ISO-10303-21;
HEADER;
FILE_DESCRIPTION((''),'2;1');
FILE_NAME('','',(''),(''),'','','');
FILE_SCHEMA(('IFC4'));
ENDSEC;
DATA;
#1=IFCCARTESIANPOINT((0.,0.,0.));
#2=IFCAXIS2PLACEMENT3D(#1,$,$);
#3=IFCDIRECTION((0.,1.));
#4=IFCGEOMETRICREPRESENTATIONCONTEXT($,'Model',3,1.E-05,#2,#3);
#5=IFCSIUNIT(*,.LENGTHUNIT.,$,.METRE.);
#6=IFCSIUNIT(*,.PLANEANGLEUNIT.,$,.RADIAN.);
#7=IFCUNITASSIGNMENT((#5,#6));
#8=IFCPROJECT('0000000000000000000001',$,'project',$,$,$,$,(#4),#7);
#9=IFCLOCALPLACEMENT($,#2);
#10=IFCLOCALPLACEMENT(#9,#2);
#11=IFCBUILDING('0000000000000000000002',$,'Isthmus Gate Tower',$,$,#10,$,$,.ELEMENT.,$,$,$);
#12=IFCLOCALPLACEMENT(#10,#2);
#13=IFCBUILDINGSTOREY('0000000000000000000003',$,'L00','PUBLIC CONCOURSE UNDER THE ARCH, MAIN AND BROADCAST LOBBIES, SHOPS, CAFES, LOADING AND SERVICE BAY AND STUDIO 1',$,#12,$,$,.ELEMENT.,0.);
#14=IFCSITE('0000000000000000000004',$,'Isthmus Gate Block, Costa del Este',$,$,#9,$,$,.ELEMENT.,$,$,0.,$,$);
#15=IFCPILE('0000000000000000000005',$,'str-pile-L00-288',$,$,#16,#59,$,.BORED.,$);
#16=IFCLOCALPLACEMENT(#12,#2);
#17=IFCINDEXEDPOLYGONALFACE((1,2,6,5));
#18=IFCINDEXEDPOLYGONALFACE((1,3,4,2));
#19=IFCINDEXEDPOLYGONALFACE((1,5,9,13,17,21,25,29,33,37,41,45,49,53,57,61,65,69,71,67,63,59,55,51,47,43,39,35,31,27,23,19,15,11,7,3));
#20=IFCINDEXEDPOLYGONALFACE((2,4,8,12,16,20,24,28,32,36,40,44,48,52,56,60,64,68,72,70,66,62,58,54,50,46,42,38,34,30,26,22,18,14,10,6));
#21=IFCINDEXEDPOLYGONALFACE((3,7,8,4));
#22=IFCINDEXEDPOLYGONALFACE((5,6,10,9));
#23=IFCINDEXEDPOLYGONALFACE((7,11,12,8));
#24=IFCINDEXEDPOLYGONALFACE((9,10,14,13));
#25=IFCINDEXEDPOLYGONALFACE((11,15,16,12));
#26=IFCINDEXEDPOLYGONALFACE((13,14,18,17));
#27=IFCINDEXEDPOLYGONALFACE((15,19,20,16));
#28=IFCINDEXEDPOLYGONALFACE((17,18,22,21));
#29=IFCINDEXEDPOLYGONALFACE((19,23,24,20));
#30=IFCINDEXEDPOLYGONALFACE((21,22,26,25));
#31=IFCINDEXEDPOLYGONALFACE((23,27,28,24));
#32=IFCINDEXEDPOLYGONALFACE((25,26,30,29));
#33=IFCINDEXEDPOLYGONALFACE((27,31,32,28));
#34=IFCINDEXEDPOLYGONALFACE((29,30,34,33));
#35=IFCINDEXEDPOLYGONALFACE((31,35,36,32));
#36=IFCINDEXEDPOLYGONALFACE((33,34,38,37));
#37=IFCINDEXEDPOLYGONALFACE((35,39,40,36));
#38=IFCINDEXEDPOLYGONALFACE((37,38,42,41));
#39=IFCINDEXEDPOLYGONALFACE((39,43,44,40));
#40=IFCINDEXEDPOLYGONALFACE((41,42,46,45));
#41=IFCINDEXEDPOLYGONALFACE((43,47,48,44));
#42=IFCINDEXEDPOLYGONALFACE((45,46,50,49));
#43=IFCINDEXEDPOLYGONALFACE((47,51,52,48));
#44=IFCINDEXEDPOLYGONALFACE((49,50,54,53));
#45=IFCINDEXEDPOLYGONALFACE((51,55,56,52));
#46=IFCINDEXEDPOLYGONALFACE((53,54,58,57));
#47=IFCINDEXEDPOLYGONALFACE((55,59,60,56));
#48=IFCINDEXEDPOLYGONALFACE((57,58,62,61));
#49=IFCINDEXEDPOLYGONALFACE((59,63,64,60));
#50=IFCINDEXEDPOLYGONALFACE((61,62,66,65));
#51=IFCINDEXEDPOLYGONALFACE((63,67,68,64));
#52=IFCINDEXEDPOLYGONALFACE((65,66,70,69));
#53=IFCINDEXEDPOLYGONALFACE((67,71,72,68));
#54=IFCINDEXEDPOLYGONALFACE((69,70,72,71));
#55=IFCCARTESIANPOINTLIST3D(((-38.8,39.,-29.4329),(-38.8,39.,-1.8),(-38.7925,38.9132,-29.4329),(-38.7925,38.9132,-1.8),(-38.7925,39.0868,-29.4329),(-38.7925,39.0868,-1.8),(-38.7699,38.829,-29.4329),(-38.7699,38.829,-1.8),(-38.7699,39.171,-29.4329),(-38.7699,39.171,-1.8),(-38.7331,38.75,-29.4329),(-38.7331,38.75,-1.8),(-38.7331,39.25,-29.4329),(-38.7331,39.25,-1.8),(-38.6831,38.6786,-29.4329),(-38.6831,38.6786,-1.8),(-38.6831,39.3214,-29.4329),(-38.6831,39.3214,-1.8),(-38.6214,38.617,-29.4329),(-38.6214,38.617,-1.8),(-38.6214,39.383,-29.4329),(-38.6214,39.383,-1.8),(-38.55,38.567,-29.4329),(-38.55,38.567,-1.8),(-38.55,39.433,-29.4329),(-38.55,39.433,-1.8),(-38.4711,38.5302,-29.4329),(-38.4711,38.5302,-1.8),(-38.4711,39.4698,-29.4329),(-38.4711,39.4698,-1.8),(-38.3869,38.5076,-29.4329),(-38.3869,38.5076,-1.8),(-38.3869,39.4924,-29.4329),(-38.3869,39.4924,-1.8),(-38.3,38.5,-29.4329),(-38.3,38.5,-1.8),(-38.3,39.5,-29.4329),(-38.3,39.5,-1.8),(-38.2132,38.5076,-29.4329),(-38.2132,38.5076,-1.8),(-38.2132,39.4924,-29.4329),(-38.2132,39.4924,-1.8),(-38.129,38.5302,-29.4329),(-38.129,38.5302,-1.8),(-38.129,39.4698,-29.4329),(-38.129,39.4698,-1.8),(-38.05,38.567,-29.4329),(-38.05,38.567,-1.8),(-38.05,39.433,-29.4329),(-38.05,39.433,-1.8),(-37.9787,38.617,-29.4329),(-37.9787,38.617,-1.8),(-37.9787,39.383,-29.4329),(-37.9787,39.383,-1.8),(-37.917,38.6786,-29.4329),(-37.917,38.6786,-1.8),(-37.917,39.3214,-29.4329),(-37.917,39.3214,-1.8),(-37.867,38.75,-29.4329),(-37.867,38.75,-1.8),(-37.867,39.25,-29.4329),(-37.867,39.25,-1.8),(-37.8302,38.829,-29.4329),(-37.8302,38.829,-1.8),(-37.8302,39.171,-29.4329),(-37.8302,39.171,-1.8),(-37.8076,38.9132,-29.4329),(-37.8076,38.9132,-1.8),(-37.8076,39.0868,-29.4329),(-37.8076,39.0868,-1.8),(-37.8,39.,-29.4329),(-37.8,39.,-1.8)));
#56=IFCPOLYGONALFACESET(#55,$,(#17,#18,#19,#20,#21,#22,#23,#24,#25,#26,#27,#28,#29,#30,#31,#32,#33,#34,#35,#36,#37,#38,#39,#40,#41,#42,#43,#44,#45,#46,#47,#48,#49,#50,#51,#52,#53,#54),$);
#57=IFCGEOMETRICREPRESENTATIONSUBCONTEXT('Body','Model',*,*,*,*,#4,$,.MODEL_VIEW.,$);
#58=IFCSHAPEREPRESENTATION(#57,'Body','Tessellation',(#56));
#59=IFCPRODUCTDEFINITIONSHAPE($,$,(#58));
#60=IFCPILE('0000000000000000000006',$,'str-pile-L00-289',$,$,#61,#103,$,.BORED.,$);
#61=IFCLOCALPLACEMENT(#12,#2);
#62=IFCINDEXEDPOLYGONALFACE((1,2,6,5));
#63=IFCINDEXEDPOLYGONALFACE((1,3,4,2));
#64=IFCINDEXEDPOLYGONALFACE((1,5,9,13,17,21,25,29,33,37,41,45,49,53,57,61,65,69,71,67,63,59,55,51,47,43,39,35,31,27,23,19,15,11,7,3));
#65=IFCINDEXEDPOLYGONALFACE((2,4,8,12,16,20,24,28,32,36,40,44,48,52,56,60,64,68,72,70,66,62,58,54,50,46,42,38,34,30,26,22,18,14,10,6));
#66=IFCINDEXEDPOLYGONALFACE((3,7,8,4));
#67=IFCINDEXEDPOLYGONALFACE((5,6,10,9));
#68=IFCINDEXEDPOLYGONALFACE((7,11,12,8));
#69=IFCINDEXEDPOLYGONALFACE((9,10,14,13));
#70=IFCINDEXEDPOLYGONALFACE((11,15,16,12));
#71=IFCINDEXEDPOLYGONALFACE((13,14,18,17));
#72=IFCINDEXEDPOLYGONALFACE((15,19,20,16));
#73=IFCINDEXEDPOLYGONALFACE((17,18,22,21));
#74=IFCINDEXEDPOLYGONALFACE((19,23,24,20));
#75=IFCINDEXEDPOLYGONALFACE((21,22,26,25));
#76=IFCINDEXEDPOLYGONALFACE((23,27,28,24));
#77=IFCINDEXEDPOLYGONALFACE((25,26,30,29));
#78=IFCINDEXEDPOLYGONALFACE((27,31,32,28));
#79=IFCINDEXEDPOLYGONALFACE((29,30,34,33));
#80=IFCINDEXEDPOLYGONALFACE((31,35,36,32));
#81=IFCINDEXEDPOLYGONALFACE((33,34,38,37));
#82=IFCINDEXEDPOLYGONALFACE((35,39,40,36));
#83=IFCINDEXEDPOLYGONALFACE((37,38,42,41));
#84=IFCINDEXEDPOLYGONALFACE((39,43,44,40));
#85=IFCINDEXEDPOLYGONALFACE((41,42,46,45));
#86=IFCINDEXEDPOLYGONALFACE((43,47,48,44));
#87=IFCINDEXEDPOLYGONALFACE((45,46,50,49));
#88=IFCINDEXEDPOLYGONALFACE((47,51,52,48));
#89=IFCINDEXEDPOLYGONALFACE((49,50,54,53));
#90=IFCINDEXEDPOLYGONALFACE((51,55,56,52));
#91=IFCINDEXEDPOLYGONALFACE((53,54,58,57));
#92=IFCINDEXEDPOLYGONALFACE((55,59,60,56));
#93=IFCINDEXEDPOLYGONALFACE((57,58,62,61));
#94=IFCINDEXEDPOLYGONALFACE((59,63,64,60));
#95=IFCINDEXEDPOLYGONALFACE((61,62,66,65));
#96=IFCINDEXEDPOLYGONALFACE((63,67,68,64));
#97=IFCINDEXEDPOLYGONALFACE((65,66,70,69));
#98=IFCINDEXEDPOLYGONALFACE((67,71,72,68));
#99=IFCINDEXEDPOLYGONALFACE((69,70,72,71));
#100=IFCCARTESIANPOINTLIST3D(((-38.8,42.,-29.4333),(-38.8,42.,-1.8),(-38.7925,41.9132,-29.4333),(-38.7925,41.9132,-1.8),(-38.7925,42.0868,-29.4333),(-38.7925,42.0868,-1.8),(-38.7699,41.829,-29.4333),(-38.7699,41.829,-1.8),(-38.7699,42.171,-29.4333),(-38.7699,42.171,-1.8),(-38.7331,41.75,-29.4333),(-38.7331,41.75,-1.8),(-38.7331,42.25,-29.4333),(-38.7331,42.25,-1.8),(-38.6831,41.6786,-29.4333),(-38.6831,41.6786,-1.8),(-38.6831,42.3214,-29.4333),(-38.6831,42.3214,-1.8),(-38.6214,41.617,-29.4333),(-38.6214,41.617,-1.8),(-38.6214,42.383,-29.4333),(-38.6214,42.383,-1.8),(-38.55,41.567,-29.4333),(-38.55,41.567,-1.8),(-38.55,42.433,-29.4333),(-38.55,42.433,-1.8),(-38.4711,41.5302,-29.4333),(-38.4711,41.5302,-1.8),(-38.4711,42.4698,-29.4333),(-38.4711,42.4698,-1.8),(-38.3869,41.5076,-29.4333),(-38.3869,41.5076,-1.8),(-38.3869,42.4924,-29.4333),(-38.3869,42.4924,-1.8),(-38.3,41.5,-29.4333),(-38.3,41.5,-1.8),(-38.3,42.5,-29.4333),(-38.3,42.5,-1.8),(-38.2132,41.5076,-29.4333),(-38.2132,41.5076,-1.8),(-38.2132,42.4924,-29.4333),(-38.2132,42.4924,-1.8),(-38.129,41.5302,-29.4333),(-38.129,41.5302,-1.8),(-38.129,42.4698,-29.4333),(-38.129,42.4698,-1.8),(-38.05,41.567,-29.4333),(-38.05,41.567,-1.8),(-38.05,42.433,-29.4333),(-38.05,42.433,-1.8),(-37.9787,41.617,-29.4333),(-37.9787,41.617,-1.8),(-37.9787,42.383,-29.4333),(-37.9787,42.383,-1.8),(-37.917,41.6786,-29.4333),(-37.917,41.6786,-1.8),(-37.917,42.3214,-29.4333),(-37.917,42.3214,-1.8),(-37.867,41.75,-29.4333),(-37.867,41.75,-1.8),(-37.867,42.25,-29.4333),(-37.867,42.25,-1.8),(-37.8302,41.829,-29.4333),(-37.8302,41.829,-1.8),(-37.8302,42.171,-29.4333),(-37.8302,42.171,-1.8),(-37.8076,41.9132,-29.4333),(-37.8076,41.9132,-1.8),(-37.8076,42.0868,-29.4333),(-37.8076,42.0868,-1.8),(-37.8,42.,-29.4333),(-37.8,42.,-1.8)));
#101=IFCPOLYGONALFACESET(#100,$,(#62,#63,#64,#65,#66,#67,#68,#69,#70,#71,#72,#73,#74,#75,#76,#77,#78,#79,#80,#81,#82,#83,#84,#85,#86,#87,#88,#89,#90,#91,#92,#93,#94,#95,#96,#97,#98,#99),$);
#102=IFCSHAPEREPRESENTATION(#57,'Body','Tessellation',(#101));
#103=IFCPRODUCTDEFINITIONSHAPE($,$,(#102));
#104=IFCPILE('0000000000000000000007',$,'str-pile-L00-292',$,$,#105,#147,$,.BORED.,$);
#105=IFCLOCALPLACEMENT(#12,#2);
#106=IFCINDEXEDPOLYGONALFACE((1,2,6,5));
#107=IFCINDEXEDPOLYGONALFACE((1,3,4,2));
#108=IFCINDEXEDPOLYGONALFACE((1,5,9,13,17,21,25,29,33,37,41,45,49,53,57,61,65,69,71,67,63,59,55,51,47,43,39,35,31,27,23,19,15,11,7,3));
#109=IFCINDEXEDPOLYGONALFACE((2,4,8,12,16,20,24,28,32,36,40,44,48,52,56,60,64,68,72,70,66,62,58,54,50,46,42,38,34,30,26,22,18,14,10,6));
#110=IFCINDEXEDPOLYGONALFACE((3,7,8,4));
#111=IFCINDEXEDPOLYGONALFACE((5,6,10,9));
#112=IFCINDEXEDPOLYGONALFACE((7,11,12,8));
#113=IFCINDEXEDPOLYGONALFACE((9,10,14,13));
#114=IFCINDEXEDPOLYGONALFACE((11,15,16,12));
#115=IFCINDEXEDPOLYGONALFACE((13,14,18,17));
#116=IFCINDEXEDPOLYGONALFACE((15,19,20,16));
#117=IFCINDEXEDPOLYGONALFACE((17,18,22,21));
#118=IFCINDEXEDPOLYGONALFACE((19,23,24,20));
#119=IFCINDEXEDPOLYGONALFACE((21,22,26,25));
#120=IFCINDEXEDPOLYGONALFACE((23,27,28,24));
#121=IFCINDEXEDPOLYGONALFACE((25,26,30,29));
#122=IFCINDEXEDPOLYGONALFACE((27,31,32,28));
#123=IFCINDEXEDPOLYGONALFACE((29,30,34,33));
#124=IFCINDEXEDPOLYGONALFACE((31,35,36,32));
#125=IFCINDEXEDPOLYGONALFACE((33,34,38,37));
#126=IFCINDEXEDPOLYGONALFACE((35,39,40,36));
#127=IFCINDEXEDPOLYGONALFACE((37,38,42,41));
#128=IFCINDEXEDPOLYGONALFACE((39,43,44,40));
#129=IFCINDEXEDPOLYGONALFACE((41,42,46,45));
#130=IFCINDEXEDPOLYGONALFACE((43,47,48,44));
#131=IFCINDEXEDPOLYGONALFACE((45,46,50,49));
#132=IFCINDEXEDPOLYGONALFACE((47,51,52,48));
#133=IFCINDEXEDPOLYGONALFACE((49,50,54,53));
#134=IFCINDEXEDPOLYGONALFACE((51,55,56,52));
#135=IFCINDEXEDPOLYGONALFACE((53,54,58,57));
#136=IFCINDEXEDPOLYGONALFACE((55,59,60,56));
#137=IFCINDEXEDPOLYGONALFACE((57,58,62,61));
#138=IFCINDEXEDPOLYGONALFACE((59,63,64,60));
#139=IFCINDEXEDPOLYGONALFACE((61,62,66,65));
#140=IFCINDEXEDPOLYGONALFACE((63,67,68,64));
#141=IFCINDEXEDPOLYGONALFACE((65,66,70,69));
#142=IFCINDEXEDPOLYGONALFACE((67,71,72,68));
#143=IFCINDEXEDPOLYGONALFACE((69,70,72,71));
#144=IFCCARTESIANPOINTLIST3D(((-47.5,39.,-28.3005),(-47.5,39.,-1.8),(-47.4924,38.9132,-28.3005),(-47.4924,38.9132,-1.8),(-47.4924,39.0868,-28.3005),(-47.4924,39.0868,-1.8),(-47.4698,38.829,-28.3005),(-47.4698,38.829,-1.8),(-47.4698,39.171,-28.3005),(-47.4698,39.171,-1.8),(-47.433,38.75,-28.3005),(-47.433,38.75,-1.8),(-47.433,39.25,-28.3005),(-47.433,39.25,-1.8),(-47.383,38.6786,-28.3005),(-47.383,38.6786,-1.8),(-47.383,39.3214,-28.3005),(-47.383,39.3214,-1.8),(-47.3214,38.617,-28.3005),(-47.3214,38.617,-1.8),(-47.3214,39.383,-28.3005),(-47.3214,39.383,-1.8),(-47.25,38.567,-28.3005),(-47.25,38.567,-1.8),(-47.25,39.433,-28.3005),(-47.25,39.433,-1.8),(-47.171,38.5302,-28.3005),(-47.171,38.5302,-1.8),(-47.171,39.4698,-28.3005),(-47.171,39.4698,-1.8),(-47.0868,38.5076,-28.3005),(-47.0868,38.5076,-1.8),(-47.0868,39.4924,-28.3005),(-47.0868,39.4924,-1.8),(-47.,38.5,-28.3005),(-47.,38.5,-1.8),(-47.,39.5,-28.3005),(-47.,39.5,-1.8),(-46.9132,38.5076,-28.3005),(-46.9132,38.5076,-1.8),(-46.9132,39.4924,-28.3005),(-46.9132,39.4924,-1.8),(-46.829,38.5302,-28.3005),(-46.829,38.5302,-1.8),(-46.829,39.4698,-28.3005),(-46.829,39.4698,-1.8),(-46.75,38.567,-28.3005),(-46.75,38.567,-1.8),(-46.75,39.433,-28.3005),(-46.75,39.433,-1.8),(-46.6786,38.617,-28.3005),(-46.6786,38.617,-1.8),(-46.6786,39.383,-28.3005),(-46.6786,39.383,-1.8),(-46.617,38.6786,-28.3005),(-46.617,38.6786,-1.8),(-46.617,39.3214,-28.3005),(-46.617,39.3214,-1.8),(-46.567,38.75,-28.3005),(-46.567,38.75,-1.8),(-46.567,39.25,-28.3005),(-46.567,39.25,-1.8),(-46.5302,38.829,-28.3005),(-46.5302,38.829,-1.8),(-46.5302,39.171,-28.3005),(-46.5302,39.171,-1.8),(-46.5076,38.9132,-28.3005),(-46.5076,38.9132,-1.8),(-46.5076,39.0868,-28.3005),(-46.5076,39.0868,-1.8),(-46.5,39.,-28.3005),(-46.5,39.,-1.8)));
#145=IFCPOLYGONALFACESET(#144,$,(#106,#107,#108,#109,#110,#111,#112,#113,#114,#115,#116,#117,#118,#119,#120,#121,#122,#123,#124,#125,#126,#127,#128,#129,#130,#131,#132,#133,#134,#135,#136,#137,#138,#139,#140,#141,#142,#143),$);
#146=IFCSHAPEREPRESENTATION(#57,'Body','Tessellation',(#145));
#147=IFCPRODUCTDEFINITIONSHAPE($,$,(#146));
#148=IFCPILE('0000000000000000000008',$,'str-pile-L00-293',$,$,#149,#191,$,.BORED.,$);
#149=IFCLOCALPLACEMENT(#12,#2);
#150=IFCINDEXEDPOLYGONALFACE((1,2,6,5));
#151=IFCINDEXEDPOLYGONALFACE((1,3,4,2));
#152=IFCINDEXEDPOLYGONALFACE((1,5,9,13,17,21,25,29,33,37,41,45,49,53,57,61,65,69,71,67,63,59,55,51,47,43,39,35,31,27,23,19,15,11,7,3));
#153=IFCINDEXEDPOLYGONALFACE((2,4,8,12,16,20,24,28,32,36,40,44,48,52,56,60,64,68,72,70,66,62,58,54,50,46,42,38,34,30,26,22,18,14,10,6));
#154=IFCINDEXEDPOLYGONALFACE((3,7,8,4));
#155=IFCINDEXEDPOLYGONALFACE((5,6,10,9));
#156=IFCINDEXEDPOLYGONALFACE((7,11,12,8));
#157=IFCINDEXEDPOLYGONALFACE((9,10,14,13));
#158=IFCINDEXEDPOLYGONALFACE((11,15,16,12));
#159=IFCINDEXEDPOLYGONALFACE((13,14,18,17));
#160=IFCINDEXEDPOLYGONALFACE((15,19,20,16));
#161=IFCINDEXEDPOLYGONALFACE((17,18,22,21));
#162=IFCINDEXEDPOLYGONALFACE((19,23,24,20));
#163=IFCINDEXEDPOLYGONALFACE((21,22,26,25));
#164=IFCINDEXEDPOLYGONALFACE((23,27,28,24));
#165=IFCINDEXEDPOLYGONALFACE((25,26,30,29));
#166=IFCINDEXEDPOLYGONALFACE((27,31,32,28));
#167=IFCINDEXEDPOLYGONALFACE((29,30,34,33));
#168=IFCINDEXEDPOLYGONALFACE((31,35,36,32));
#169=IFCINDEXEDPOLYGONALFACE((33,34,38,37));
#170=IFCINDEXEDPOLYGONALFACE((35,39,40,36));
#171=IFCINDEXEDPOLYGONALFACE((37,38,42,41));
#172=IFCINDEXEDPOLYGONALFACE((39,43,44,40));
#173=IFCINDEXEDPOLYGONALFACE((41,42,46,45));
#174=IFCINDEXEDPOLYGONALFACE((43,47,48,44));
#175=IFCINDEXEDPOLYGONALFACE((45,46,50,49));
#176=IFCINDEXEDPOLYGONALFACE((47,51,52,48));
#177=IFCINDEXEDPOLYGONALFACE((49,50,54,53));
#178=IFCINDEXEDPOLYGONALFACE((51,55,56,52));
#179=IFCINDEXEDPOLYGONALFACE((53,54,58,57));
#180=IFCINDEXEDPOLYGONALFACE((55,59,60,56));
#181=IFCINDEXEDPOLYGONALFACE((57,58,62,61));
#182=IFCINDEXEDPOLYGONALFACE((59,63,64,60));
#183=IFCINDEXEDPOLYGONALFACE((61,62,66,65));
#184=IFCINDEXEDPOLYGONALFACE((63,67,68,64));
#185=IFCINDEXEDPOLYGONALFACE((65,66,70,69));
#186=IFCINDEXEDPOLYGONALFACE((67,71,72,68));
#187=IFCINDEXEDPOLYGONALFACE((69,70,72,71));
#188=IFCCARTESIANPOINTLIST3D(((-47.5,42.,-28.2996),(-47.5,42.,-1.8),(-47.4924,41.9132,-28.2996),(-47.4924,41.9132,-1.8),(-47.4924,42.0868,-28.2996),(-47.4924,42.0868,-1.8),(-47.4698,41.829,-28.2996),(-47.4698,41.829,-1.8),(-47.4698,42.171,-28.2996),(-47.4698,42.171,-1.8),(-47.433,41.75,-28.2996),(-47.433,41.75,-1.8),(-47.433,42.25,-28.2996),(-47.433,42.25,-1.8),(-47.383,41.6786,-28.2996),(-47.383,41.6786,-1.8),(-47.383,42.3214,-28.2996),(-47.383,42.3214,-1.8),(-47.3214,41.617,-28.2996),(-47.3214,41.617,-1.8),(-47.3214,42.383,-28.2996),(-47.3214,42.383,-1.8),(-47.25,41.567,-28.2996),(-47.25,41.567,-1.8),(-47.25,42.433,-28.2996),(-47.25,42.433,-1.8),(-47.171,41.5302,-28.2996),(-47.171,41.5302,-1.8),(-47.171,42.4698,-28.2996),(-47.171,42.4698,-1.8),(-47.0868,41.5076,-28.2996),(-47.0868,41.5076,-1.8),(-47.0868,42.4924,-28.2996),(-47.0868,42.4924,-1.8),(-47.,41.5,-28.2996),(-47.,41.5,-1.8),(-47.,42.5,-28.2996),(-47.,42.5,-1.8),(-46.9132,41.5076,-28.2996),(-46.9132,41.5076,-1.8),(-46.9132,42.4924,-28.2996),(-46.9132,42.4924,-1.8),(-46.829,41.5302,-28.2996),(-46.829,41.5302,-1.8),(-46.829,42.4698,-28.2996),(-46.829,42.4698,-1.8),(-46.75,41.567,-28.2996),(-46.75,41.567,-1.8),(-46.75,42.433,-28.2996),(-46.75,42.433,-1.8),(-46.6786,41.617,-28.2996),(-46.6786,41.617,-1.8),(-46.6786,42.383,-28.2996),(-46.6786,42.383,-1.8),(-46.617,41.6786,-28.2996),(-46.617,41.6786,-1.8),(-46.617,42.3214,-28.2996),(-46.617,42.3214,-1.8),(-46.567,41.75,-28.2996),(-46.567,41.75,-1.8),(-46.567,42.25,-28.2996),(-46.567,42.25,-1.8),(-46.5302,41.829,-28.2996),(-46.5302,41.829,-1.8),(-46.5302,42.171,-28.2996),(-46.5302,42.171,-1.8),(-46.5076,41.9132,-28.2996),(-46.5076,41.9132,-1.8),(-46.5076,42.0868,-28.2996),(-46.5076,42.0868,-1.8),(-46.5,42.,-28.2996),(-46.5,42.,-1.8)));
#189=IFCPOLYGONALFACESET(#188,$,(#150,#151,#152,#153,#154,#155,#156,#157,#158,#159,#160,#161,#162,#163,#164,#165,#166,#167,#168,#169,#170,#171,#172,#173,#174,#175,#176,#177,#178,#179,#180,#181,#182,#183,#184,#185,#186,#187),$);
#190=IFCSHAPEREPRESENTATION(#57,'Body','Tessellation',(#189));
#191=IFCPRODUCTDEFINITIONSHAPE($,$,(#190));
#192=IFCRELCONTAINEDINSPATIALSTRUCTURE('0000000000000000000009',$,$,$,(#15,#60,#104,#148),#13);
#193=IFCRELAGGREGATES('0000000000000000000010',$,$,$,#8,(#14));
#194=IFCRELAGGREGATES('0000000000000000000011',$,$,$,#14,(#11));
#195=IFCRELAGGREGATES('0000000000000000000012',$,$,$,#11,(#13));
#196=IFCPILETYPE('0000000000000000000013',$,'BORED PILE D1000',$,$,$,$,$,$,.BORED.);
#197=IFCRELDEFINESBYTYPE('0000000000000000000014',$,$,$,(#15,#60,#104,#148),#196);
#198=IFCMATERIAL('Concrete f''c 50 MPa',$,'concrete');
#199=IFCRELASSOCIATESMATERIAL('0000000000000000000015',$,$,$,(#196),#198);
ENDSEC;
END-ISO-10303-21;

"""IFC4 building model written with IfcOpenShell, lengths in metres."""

from ifc_helpers import new_model, si_unit, direction, frame, origin, origin_2d, place, context, subcontext, project, spatial, circle, extrude, material, material_profile, profile_set, type_object, element, save


model = new_model("IFC4")

# Units and contexts
model_context = context("Model", 3, precision=1e-05, world=origin(), true_north=direction((0.0, 1.0)))
body_context = subcontext(model_context, "Body", "Model", "MODEL_VIEW")
ifc_project = project(units=[si_unit("LENGTHUNIT", "METRE"), si_unit("PLANEANGLEUNIT", "RADIAN")], contexts=[model_context])

# Site, building, storey
site_placement = place(None, origin())
site = spatial("IfcSite", under=ifc_project, at=site_placement, Name="Isthmus Gate Block, Costa del Este", CompositionType="ELEMENT", RefElevation=0.0)
building_placement = place(site_placement, origin())
building = spatial("IfcBuilding", under=site, at=building_placement, Name="Isthmus Gate Tower", CompositionType="ELEMENT")
storey_placement = place(building_placement, origin())
storey = spatial("IfcBuildingStorey", under=building, at=storey_placement, Name="L00", Description="PUBLIC CONCOURSE UNDER THE ARCH, MAIN AND BROADCAST LOBBIES, SHOPS, CAFES, LOADING AND SERVICE BAY AND STUDIO 1", CompositionType="ELEMENT", Elevation=0.0)

# Piles
ifc_material_1 = material(Name="Concrete f'c 50 MPa", Category="concrete")
ifc_material_profile_1 = material_profile(ifc_material_1, circle(Radius=0.5, at=origin_2d()), Name="D1000")
ifc_profile_set_1 = profile_set([ifc_material_profile_1], Name="Concrete f'c 50 MPa")
pile_type = type_object("IfcPileType", Name="BORED PILE D1000", PredefinedType="BORED", material=ifc_profile_set_1)
pile_1_placement = place(storey_placement, frame((-38.3, 39.0, -1.8), z_axis=(0.0, 0.0, -1.0), x_axis=(1.0, 0.0, 0.0)))
element("IfcPile", 1, at=pile_1_placement, inside=storey, type_object=pile_type, Name="str-pile-L00-288", PredefinedType="BORED", context=body_context, shape_type="SweptSolid", body=[
    extrude(circle(Radius=0.5, at=origin_2d()), origin(), (0.0, 0.0, 1.0), 27.6328),
])
pile_2_placement = place(storey_placement, frame((-38.3, 42.0, -1.8), z_axis=(0.0, 0.0, -1.0), x_axis=(1.0, 0.0, 0.0)))
element("IfcPile", 2, at=pile_2_placement, inside=storey, type_object=pile_type, Name="str-pile-L00-289", PredefinedType="BORED", context=body_context, shape_type="SweptSolid", body=[
    extrude(circle(Radius=0.5, at=origin_2d()), origin(), (0.0, 0.0, 1.0), 27.6333),
])
pile_3_placement = place(storey_placement, frame((-47.0, 39.0, -1.8), z_axis=(0.0, 0.0, -1.0), x_axis=(1.0, 0.0, 0.0)))
element("IfcPile", 3, at=pile_3_placement, inside=storey, type_object=pile_type, Name="str-pile-L00-292", PredefinedType="BORED", context=body_context, shape_type="SweptSolid", body=[
    extrude(circle(Radius=0.5, at=origin_2d()), origin(), (0.0, 0.0, 1.0), 26.5005),
])
pile_4_placement = place(storey_placement, frame((-47.0, 42.0, -1.8), z_axis=(0.0, 0.0, -1.0), x_axis=(1.0, 0.0, 0.0)))
element("IfcPile", 4, at=pile_4_placement, inside=storey, type_object=pile_type, Name="str-pile-L00-293", PredefinedType="BORED", context=body_context, shape_type="SweptSolid", body=[
    extrude(circle(Radius=0.5, at=origin_2d()), origin(), (0.0, 0.0, 1.0), 26.4995),
])

save(model, "model.ifc")
